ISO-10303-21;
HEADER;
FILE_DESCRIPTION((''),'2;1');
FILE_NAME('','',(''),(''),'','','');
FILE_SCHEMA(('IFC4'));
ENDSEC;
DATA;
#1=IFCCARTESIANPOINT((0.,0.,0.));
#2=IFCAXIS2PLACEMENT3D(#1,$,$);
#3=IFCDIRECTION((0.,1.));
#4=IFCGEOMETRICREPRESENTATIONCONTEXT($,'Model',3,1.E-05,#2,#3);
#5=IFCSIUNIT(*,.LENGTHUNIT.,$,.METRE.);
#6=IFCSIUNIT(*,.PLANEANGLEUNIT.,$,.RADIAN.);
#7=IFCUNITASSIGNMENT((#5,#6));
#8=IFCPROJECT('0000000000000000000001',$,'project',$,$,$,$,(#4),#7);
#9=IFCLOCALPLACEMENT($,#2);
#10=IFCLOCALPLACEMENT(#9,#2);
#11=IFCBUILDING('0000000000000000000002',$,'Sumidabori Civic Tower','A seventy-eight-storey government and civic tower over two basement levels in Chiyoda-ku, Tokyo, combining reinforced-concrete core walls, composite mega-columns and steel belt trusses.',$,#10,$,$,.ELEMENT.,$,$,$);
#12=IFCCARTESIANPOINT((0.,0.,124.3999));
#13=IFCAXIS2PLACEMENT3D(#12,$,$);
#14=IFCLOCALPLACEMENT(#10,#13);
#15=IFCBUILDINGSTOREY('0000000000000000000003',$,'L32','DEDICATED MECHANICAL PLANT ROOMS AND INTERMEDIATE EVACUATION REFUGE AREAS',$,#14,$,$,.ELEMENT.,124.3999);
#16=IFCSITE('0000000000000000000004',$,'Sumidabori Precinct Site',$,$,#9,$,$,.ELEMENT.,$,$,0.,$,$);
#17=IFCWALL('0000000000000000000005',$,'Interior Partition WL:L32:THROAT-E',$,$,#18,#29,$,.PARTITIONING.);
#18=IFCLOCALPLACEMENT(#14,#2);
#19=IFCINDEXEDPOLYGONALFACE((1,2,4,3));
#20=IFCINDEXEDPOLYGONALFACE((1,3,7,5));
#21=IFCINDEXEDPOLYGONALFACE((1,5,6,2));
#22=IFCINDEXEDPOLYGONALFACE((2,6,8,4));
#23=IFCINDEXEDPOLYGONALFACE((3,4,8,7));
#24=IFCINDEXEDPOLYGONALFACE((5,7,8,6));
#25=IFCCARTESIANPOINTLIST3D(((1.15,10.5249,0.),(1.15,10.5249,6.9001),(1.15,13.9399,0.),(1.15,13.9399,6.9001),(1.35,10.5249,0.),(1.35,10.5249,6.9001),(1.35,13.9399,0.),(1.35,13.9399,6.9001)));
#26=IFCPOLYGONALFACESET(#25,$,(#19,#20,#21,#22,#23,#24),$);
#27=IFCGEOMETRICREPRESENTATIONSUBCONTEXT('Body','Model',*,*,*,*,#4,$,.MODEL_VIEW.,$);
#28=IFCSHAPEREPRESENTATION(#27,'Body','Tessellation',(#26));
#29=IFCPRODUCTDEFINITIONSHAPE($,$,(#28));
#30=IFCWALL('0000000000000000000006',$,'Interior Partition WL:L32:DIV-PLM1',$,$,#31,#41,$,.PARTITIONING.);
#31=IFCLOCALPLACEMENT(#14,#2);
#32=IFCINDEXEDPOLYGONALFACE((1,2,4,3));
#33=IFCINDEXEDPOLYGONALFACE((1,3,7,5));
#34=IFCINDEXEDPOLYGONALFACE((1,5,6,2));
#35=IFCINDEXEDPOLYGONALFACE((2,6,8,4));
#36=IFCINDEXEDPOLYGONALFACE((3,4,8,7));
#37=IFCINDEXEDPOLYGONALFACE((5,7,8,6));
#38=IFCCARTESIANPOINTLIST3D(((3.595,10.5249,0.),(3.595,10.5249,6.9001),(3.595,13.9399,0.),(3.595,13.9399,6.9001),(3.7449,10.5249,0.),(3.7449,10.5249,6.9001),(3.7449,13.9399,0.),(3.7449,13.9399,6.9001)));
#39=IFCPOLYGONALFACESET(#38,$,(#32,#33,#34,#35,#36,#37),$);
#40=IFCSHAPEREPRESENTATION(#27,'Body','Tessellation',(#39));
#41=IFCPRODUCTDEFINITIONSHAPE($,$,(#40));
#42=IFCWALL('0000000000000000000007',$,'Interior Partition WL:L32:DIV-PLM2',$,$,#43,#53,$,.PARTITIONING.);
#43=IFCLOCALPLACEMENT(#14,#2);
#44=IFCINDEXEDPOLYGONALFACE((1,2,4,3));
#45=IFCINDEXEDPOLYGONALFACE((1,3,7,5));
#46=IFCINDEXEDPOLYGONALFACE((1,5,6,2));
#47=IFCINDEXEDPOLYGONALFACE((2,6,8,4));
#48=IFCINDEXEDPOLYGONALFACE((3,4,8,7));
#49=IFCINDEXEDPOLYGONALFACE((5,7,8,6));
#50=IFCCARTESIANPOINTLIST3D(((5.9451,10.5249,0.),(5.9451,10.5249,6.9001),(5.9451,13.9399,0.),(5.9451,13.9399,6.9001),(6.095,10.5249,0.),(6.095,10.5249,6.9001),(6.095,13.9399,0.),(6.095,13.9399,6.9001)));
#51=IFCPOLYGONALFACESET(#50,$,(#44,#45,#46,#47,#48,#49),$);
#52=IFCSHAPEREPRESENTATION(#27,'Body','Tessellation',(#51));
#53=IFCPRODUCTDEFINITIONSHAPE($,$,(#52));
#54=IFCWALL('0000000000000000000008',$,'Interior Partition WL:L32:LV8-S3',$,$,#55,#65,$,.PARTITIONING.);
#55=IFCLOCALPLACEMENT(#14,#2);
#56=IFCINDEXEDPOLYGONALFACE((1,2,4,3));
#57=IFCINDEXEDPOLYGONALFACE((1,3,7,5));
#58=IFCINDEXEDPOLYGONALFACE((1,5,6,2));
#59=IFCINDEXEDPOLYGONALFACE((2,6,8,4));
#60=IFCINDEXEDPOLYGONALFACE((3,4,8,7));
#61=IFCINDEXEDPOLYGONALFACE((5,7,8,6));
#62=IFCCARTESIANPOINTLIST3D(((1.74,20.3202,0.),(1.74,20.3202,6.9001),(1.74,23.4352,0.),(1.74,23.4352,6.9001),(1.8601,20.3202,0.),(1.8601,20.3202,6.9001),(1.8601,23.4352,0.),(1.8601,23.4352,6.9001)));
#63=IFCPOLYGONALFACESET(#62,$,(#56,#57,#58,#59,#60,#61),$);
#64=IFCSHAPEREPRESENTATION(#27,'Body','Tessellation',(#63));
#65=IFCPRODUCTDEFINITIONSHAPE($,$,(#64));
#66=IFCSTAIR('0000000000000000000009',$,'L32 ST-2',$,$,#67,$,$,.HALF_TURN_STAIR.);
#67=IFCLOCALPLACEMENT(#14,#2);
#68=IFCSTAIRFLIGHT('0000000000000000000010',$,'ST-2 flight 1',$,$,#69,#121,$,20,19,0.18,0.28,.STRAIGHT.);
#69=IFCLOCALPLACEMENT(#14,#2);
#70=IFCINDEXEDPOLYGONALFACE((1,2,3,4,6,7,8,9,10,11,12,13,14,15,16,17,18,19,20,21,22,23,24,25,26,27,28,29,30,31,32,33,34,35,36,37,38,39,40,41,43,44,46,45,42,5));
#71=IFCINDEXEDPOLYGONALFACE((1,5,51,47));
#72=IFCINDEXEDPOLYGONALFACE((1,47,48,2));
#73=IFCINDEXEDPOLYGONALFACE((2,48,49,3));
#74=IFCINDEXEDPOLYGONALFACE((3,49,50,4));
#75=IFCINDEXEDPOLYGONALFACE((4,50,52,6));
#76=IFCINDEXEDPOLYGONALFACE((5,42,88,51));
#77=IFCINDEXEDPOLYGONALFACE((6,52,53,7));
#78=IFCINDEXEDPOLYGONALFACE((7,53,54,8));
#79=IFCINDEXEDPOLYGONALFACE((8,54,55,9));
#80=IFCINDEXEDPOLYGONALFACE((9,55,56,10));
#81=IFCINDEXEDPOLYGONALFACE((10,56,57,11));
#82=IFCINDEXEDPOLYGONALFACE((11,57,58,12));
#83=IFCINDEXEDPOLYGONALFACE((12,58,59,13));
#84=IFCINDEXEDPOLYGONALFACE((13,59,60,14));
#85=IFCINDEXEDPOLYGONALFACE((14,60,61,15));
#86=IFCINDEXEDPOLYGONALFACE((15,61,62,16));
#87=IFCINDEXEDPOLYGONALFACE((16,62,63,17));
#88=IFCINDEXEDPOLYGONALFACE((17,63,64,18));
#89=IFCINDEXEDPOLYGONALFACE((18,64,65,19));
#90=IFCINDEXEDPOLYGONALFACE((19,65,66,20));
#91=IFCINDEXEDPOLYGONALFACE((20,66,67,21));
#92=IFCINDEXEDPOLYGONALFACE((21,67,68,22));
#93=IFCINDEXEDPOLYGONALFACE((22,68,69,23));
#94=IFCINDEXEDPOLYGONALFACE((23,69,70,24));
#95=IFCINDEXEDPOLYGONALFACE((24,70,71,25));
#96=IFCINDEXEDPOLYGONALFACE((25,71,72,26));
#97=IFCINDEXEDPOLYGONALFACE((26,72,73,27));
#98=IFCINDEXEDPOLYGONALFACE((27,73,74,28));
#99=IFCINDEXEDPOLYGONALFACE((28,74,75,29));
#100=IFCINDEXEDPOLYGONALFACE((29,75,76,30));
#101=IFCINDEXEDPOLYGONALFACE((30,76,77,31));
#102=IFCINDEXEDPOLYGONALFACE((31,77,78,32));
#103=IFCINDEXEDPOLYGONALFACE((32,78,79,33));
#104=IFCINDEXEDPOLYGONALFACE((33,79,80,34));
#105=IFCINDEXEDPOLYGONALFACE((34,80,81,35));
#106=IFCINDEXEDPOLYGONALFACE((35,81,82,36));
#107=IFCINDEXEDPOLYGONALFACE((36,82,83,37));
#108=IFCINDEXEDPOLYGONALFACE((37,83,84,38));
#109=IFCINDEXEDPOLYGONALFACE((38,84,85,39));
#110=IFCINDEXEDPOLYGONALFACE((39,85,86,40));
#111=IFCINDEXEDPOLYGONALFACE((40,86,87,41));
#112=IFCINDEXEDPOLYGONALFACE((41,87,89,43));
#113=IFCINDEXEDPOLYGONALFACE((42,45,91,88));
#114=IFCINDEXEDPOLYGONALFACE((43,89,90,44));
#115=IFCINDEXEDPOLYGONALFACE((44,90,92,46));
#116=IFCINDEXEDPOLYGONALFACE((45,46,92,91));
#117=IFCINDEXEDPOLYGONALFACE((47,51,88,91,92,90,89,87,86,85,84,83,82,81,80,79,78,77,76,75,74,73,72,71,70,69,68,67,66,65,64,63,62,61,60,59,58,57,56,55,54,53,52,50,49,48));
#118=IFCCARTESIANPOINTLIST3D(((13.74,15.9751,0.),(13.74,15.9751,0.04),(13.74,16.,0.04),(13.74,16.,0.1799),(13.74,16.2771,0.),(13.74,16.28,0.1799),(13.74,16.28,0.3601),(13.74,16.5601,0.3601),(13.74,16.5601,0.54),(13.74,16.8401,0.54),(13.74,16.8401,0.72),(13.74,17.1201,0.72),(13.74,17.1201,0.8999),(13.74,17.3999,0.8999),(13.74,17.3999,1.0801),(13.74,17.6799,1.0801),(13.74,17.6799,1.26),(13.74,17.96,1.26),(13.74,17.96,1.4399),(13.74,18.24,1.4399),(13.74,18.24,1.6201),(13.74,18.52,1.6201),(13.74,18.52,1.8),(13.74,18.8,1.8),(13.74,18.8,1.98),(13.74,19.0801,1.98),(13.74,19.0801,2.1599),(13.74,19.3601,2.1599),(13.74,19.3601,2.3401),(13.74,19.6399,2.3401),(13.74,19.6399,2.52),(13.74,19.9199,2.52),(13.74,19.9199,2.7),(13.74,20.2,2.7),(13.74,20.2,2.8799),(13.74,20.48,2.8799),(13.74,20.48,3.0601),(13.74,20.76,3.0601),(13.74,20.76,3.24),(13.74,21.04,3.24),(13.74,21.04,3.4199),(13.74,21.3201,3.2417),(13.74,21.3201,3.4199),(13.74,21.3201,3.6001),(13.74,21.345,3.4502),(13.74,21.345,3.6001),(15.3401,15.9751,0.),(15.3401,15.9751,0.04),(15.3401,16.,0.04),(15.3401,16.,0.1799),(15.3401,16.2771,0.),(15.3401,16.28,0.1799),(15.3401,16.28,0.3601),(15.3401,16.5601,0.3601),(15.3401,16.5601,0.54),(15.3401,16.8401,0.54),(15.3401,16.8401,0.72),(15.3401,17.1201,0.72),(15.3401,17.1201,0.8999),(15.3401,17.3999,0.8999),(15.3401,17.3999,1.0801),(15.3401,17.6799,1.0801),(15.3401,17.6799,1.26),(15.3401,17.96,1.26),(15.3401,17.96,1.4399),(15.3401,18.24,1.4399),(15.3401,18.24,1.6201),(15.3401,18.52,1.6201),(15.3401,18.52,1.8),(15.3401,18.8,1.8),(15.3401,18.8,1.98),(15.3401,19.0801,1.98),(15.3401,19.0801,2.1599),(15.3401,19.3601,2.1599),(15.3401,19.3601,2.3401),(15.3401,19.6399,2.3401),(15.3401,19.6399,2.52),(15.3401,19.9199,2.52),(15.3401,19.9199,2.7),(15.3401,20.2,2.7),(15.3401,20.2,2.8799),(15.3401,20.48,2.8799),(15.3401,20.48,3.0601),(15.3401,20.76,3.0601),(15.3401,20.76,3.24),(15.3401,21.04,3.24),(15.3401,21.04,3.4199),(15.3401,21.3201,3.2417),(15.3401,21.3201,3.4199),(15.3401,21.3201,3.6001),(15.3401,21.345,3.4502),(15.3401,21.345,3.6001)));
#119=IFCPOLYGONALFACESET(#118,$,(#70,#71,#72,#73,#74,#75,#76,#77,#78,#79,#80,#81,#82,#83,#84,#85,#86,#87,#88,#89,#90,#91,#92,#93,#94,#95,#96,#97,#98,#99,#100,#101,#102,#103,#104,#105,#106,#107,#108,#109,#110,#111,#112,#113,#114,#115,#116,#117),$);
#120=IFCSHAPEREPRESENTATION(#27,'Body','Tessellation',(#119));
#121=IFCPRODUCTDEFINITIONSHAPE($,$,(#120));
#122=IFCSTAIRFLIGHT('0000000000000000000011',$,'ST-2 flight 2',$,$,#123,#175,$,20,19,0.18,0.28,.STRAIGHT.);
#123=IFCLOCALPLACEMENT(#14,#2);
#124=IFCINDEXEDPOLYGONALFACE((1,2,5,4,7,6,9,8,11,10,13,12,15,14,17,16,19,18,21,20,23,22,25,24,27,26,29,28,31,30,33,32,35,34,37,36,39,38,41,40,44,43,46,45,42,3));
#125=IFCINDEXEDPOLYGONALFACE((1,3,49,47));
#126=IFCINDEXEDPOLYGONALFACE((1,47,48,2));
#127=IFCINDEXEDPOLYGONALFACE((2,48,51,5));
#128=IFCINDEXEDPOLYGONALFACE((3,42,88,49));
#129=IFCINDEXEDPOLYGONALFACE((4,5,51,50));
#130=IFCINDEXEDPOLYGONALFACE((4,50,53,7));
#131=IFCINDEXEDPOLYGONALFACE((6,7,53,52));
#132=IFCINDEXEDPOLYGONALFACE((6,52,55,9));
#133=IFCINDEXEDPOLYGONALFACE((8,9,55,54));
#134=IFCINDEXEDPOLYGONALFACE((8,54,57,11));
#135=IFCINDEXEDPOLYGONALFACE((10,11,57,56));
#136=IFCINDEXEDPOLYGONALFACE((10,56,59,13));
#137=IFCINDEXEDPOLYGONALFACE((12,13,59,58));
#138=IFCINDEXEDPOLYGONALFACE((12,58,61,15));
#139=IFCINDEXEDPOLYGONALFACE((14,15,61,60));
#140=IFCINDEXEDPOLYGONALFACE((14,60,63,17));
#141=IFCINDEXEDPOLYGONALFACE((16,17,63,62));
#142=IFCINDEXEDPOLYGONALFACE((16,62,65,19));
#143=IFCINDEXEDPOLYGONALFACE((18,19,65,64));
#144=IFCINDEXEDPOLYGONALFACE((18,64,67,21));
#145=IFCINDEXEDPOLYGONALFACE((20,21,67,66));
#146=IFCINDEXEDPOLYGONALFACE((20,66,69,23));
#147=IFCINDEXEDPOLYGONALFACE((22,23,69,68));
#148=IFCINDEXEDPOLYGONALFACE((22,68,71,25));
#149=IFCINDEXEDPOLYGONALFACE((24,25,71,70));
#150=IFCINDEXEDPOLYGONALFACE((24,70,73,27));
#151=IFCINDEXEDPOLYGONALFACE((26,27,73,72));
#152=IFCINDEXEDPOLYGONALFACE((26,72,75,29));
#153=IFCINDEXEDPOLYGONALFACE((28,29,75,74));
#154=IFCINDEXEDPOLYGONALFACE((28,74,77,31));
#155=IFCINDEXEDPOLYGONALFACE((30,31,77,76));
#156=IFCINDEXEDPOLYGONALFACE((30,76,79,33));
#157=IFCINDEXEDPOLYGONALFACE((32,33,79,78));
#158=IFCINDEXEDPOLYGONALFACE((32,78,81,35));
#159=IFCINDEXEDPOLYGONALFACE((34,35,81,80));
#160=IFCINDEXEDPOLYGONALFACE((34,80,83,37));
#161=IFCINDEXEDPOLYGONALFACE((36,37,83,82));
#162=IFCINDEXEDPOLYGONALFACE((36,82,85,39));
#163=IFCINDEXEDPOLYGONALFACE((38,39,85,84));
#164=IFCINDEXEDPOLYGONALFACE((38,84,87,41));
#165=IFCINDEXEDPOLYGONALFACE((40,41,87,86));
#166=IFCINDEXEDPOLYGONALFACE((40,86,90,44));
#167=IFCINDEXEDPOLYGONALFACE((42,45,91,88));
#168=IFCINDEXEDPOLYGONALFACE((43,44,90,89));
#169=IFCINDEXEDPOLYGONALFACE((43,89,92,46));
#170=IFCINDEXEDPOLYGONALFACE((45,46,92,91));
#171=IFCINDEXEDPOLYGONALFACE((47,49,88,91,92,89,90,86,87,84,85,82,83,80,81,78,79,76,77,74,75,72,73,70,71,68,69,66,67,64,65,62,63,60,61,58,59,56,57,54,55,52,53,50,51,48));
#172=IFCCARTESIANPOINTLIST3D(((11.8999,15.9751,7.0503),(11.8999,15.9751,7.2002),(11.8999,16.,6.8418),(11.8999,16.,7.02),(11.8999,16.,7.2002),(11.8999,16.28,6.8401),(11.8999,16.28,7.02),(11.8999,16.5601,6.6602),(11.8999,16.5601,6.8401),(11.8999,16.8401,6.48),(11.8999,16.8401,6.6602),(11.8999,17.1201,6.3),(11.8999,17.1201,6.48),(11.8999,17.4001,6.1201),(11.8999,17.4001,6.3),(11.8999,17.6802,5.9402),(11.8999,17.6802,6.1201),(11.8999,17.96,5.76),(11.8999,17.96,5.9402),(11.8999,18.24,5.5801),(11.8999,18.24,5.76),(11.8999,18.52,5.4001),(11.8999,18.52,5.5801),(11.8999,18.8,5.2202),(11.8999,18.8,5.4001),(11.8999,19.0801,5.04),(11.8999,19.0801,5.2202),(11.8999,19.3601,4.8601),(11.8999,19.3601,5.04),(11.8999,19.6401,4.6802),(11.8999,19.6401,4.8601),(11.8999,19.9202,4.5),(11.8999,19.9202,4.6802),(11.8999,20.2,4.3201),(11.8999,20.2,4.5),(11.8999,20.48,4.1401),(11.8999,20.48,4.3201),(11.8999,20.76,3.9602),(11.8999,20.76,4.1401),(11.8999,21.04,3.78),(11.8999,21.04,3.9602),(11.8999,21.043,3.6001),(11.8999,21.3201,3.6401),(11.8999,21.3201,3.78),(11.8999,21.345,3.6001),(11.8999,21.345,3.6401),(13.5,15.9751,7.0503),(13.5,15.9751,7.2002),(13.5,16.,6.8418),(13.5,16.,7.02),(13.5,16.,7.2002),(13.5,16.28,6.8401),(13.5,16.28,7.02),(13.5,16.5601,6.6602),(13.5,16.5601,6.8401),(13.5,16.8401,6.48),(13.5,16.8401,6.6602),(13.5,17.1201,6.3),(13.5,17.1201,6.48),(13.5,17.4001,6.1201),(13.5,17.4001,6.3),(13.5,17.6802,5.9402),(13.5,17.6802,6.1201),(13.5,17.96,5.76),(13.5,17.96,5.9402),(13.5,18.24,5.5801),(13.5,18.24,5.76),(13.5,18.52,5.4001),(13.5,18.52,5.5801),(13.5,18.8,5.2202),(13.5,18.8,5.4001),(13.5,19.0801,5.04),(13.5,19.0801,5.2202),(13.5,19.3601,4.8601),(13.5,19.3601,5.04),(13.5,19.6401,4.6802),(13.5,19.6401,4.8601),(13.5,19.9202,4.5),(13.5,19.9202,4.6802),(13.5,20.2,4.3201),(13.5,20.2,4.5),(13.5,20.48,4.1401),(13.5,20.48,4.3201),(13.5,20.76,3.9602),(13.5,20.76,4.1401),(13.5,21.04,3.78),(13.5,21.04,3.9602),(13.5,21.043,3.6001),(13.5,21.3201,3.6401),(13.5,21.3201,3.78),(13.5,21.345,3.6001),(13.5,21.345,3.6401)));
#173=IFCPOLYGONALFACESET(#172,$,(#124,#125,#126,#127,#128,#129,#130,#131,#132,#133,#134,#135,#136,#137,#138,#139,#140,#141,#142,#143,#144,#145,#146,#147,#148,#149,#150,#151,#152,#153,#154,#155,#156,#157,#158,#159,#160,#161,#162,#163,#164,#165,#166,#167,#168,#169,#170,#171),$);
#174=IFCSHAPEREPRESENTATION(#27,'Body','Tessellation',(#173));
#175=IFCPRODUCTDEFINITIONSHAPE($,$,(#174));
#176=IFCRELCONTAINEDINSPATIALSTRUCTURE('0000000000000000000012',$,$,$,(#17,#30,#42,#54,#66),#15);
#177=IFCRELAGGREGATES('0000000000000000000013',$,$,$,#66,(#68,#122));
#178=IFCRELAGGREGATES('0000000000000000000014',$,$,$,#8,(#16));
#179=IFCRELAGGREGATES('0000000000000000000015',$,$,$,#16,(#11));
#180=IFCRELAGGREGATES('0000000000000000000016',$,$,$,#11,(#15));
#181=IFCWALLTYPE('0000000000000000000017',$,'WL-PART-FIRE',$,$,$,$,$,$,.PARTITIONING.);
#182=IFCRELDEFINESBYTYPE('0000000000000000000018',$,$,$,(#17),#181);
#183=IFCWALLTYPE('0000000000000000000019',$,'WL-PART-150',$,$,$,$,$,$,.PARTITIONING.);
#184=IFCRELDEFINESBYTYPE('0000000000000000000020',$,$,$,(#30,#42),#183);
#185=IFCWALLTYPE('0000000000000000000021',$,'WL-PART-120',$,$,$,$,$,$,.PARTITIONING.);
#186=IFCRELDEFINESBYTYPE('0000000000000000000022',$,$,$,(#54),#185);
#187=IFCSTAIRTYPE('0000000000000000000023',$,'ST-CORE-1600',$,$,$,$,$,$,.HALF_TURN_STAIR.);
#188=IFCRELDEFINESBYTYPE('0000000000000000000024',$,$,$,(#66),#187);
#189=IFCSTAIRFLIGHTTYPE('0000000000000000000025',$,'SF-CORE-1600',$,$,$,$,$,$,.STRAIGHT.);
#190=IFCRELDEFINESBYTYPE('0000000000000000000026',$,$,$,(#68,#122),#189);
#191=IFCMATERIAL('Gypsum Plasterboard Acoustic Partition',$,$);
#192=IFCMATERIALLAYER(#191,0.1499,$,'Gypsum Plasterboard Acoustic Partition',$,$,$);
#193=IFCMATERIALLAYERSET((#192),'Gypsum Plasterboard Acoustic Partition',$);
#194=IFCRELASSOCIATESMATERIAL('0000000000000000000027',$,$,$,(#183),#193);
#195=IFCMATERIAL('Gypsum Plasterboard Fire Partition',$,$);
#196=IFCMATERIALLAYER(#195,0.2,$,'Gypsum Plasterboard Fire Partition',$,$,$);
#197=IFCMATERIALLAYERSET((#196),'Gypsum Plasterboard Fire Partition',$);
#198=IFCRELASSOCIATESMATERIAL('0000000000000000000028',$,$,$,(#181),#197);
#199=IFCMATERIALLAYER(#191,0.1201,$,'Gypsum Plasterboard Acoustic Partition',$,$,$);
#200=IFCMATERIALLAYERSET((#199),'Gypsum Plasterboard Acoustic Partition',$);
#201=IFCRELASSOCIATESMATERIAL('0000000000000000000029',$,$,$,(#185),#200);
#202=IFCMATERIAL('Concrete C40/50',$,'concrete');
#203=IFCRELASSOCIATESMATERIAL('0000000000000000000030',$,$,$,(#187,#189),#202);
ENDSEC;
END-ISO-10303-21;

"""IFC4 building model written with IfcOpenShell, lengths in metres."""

from ifc_helpers import new_model, si_unit, direction, frame, frame_2d, origin, place, context, subcontext, project, spatial, polyline, rectangle, outline, extrude, source, transform, mapped, material, layer, layer_set, type_object, element, aggregate, save


model = new_model("IFC4")

# Units and contexts
model_context = context("Model", 3, precision=1e-05, world=origin(), true_north=direction((0.0, 1.0)))
body_context = subcontext(model_context, "Body", "Model", "MODEL_VIEW")
ifc_project = project(units=[si_unit("LENGTHUNIT", "METRE"), si_unit("PLANEANGLEUNIT", "RADIAN")], contexts=[model_context])

# Site, building, storey
site_placement = place(None, origin())
site = spatial("IfcSite", under=ifc_project, at=site_placement, Name="Sumidabori Precinct Site", CompositionType="ELEMENT", RefElevation=0.0)
building_placement = place(site_placement, origin())
building = spatial("IfcBuilding", under=site, at=building_placement, Name="Sumidabori Civic Tower", Description="A seventy-eight-storey government and civic tower over two basement levels in Chiyoda-ku, Tokyo, combining reinforced-concrete core walls, composite mega-columns and steel belt trusses.", CompositionType="ELEMENT")
storey_placement = place(building_placement, frame((0.0, 0.0, 124.3999)))
storey = spatial("IfcBuildingStorey", under=building, at=storey_placement, Name="L32", Description="DEDICATED MECHANICAL PLANT ROOMS AND INTERMEDIATE EVACUATION REFUGE AREAS", CompositionType="ELEMENT", Elevation=124.3999)

# Shared definitions
ifc_material_1 = material(Name="Gypsum Plasterboard Acoustic Partition")
ifc_layer_1 = layer(ifc_material_1, 0.1499, Name="Gypsum Plasterboard Acoustic Partition")
ifc_layer_set_1 = layer_set([ifc_layer_1], Name="Gypsum Plasterboard Acoustic Partition")
wall_type_1 = type_object("IfcWallType", Name="WL-PART-150", PredefinedType="PARTITIONING", material=ifc_layer_set_1)
ifc_material_2 = material(Name="Gypsum Plasterboard Fire Partition")
ifc_layer_2 = layer(ifc_material_2, 0.2, Name="Gypsum Plasterboard Fire Partition")
ifc_layer_set_2 = layer_set([ifc_layer_2], Name="Gypsum Plasterboard Fire Partition")
wall_type_2 = type_object("IfcWallType", Name="WL-PART-FIRE", PredefinedType="PARTITIONING", material=ifc_layer_set_2)

# Walls
shared_shape_1 = source(origin(), body_context, "Body", "SweptSolid", [
    extrude(rectangle(XDim=3.415, YDim=0.2, at=frame_2d((1.7075, 0.0))), origin(), (0.0, 0.0, 1.0), 6.9001),
])
for number, where, z_axis, x_axis, name in (
    (1, (1.25, 10.5249, 0.0), (0.0, 0.0, 1.0), (0.0, 1.0, 0.0), "Interior Partition WL:L32:THROAT-E"),
):
    element("IfcWall", number, at=place(storey_placement, frame(where, z_axis=z_axis, x_axis=x_axis)), inside=storey, type_object=wall_type_2, Name=name, PredefinedType="PARTITIONING", context=body_context, shape_type="MappedRepresentation", body=[
        mapped(shared_shape_1, transform((0.0, 0.0, 0.0), x_axis=(1.0, 0.0, 0.0), y_axis=(0.0, 1.0, 0.0), z_axis=(0.0, 0.0, 1.0), scale=1.0)),
    ])
shared_shape_2 = source(origin(), body_context, "Body", "SweptSolid", [
    extrude(rectangle(XDim=3.415, YDim=0.1499, at=frame_2d((1.7075, 0.0))), origin(), (0.0, 0.0, 1.0), 6.9001),
])
for number, where, z_axis, x_axis, name in (
    (2, (3.6699, 10.5249, 0.0), (0.0, 0.0, 1.0), (0.0, 1.0, 0.0), "Interior Partition WL:L32:DIV-PLM1"),
    (3, (6.02, 10.5249, 0.0), (0.0, 0.0, 1.0), (0.0, 1.0, 0.0), "Interior Partition WL:L32:DIV-PLM2"),
):
    element("IfcWall", number, at=place(storey_placement, frame(where, z_axis=z_axis, x_axis=x_axis)), inside=storey, type_object=wall_type_1, Name=name, PredefinedType="PARTITIONING", context=body_context, shape_type="MappedRepresentation", body=[
        mapped(shared_shape_2, transform((0.0, 0.0, 0.0), x_axis=(1.0, 0.0, 0.0), y_axis=(0.0, 1.0, 0.0), z_axis=(0.0, 0.0, 1.0), scale=1.0)),
    ])
ifc_layer_3 = layer(ifc_material_1, 0.1201, Name="Gypsum Plasterboard Acoustic Partition")
ifc_layer_set_3 = layer_set([ifc_layer_3], Name="Gypsum Plasterboard Acoustic Partition")
wall_type_3 = type_object("IfcWallType", Name="WL-PART-120", PredefinedType="PARTITIONING", material=ifc_layer_set_3)
shared_shape_3 = source(origin(), body_context, "Body", "SweptSolid", [
    extrude(rectangle(XDim=3.115, YDim=0.1201, at=frame_2d((1.5576, 0.0))), origin(), (0.0, 0.0, 1.0), 6.9001),
])
wall_1_placement = place(storey_placement, frame((1.8, 20.3201, 0.0), z_axis=(0.0, 0.0, 1.0), x_axis=(0.0, 1.0, 0.0)))
element("IfcWall", 4, at=wall_1_placement, inside=storey, type_object=wall_type_3, Name="Interior Partition WL:L32:LV8-S3", PredefinedType="PARTITIONING", context=body_context, shape_type="MappedRepresentation", body=[
    mapped(shared_shape_3, transform((0.0, 0.0, 0.0), x_axis=(1.0, 0.0, 0.0), y_axis=(0.0, 1.0, 0.0), z_axis=(0.0, 0.0, 1.0), scale=1.0)),
])

# Stair, stair flights
ifc_material_3 = material(Name="Concrete C40/50", Category="concrete")
stair_type = type_object("IfcStairType", Name="ST-CORE-1600", PredefinedType="HALF_TURN_STAIR", material=ifc_material_3)
stair_placement = place(storey_placement, origin())
stair = element("IfcStair", 5, at=stair_placement, inside=storey, type_object=stair_type, Name="L32 ST-2", PredefinedType="HALF_TURN_STAIR")
stair_flight_type = type_object("IfcStairFlightType", Name="SF-CORE-1600", PredefinedType="STRAIGHT", material=ifc_material_3)
shared_shape_4 = source(origin(), body_context, "Body", "SweptSolid", [
    extrude(outline(polyline([(-0.0249, 0.0), (-0.0249, 0.04), (0.0, 0.04), (0.0, 0.1799), (0.28, 0.1799), (0.28, 0.3601), (0.5601, 0.3601), (0.5601, 0.54), (0.8401, 0.54), (0.8401, 0.72), (1.1201, 0.72), (1.1201, 0.8999), (1.3999, 0.8999), (1.3999, 1.0801), (1.6799, 1.0801), (1.6799, 1.26), (1.96, 1.26), (1.96, 1.4399), (2.24, 1.4399), (2.24, 1.6201), (2.52, 1.6201), (2.52, 1.8), (2.8, 1.8), (2.8, 1.98), (3.0801, 1.98), (3.0801, 2.1599), (3.3601, 2.1599), (3.3601, 2.3401), (3.6399, 2.3401), (3.6399, 2.52), (3.9199, 2.52), (3.9199, 2.7), (4.2, 2.7), (4.2, 2.8799), (4.48, 2.8799), (4.48, 3.0601), (4.76, 3.0601), (4.76, 3.24), (5.04, 3.24), (5.04, 3.4199), (5.3201, 3.4199), (5.3201, 3.6001), (5.345, 3.6001), (5.345, 3.4502), (5.3201, 3.2417), (0.2771, 0.0), (-0.0249, 0.0)])), frame((0.0, 0.8, 0.0), z_axis=(0.0, -1.0, 0.0), x_axis=(1.0, 0.0, 0.0)), (0.0, 0.0, 1.0), 1.6001),
])
stair_flight_1_placement = place(storey_placement, frame((14.54, 16.0, 0.0), z_axis=(0.0, 0.0, 1.0), x_axis=(0.0, 1.0, 0.0)))
stair_flight_1 = element("IfcStairFlight", 6, at=stair_flight_1_placement, type_object=stair_flight_type, Name="ST-2 flight 1", NumberOfRisers=20, NumberOfTreads=19, PredefinedType="STRAIGHT", RiserHeight=0.18, TreadLength=0.28, context=body_context, shape_type="MappedRepresentation", body=[
    mapped(shared_shape_4, transform((0.0, 0.0, 0.0), x_axis=(1.0, 0.0, 0.0), y_axis=(0.0, 1.0, 0.0), z_axis=(0.0, 0.0, 1.0), scale=1.0)),
])
stair_flight_2_placement = place(storey_placement, frame((12.7, 21.3201, 3.6001), z_axis=(0.0, 0.0, 1.0), x_axis=(0.0, -1.0, 0.0)))
stair_flight_2 = element("IfcStairFlight", 7, at=stair_flight_2_placement, type_object=stair_flight_type, Name="ST-2 flight 2", NumberOfRisers=20, NumberOfTreads=19, PredefinedType="STRAIGHT", RiserHeight=0.18, TreadLength=0.28, context=body_context, shape_type="MappedRepresentation", body=[
    mapped(shared_shape_4, transform((0.0, 0.0, 0.0), x_axis=(1.0, 0.0, 0.0), y_axis=(0.0, 1.0, 0.0), z_axis=(0.0, 0.0, 1.0), scale=1.0)),
])
aggregate(stair, [stair_flight_1, stair_flight_2])

save(model, "model.ifc")
